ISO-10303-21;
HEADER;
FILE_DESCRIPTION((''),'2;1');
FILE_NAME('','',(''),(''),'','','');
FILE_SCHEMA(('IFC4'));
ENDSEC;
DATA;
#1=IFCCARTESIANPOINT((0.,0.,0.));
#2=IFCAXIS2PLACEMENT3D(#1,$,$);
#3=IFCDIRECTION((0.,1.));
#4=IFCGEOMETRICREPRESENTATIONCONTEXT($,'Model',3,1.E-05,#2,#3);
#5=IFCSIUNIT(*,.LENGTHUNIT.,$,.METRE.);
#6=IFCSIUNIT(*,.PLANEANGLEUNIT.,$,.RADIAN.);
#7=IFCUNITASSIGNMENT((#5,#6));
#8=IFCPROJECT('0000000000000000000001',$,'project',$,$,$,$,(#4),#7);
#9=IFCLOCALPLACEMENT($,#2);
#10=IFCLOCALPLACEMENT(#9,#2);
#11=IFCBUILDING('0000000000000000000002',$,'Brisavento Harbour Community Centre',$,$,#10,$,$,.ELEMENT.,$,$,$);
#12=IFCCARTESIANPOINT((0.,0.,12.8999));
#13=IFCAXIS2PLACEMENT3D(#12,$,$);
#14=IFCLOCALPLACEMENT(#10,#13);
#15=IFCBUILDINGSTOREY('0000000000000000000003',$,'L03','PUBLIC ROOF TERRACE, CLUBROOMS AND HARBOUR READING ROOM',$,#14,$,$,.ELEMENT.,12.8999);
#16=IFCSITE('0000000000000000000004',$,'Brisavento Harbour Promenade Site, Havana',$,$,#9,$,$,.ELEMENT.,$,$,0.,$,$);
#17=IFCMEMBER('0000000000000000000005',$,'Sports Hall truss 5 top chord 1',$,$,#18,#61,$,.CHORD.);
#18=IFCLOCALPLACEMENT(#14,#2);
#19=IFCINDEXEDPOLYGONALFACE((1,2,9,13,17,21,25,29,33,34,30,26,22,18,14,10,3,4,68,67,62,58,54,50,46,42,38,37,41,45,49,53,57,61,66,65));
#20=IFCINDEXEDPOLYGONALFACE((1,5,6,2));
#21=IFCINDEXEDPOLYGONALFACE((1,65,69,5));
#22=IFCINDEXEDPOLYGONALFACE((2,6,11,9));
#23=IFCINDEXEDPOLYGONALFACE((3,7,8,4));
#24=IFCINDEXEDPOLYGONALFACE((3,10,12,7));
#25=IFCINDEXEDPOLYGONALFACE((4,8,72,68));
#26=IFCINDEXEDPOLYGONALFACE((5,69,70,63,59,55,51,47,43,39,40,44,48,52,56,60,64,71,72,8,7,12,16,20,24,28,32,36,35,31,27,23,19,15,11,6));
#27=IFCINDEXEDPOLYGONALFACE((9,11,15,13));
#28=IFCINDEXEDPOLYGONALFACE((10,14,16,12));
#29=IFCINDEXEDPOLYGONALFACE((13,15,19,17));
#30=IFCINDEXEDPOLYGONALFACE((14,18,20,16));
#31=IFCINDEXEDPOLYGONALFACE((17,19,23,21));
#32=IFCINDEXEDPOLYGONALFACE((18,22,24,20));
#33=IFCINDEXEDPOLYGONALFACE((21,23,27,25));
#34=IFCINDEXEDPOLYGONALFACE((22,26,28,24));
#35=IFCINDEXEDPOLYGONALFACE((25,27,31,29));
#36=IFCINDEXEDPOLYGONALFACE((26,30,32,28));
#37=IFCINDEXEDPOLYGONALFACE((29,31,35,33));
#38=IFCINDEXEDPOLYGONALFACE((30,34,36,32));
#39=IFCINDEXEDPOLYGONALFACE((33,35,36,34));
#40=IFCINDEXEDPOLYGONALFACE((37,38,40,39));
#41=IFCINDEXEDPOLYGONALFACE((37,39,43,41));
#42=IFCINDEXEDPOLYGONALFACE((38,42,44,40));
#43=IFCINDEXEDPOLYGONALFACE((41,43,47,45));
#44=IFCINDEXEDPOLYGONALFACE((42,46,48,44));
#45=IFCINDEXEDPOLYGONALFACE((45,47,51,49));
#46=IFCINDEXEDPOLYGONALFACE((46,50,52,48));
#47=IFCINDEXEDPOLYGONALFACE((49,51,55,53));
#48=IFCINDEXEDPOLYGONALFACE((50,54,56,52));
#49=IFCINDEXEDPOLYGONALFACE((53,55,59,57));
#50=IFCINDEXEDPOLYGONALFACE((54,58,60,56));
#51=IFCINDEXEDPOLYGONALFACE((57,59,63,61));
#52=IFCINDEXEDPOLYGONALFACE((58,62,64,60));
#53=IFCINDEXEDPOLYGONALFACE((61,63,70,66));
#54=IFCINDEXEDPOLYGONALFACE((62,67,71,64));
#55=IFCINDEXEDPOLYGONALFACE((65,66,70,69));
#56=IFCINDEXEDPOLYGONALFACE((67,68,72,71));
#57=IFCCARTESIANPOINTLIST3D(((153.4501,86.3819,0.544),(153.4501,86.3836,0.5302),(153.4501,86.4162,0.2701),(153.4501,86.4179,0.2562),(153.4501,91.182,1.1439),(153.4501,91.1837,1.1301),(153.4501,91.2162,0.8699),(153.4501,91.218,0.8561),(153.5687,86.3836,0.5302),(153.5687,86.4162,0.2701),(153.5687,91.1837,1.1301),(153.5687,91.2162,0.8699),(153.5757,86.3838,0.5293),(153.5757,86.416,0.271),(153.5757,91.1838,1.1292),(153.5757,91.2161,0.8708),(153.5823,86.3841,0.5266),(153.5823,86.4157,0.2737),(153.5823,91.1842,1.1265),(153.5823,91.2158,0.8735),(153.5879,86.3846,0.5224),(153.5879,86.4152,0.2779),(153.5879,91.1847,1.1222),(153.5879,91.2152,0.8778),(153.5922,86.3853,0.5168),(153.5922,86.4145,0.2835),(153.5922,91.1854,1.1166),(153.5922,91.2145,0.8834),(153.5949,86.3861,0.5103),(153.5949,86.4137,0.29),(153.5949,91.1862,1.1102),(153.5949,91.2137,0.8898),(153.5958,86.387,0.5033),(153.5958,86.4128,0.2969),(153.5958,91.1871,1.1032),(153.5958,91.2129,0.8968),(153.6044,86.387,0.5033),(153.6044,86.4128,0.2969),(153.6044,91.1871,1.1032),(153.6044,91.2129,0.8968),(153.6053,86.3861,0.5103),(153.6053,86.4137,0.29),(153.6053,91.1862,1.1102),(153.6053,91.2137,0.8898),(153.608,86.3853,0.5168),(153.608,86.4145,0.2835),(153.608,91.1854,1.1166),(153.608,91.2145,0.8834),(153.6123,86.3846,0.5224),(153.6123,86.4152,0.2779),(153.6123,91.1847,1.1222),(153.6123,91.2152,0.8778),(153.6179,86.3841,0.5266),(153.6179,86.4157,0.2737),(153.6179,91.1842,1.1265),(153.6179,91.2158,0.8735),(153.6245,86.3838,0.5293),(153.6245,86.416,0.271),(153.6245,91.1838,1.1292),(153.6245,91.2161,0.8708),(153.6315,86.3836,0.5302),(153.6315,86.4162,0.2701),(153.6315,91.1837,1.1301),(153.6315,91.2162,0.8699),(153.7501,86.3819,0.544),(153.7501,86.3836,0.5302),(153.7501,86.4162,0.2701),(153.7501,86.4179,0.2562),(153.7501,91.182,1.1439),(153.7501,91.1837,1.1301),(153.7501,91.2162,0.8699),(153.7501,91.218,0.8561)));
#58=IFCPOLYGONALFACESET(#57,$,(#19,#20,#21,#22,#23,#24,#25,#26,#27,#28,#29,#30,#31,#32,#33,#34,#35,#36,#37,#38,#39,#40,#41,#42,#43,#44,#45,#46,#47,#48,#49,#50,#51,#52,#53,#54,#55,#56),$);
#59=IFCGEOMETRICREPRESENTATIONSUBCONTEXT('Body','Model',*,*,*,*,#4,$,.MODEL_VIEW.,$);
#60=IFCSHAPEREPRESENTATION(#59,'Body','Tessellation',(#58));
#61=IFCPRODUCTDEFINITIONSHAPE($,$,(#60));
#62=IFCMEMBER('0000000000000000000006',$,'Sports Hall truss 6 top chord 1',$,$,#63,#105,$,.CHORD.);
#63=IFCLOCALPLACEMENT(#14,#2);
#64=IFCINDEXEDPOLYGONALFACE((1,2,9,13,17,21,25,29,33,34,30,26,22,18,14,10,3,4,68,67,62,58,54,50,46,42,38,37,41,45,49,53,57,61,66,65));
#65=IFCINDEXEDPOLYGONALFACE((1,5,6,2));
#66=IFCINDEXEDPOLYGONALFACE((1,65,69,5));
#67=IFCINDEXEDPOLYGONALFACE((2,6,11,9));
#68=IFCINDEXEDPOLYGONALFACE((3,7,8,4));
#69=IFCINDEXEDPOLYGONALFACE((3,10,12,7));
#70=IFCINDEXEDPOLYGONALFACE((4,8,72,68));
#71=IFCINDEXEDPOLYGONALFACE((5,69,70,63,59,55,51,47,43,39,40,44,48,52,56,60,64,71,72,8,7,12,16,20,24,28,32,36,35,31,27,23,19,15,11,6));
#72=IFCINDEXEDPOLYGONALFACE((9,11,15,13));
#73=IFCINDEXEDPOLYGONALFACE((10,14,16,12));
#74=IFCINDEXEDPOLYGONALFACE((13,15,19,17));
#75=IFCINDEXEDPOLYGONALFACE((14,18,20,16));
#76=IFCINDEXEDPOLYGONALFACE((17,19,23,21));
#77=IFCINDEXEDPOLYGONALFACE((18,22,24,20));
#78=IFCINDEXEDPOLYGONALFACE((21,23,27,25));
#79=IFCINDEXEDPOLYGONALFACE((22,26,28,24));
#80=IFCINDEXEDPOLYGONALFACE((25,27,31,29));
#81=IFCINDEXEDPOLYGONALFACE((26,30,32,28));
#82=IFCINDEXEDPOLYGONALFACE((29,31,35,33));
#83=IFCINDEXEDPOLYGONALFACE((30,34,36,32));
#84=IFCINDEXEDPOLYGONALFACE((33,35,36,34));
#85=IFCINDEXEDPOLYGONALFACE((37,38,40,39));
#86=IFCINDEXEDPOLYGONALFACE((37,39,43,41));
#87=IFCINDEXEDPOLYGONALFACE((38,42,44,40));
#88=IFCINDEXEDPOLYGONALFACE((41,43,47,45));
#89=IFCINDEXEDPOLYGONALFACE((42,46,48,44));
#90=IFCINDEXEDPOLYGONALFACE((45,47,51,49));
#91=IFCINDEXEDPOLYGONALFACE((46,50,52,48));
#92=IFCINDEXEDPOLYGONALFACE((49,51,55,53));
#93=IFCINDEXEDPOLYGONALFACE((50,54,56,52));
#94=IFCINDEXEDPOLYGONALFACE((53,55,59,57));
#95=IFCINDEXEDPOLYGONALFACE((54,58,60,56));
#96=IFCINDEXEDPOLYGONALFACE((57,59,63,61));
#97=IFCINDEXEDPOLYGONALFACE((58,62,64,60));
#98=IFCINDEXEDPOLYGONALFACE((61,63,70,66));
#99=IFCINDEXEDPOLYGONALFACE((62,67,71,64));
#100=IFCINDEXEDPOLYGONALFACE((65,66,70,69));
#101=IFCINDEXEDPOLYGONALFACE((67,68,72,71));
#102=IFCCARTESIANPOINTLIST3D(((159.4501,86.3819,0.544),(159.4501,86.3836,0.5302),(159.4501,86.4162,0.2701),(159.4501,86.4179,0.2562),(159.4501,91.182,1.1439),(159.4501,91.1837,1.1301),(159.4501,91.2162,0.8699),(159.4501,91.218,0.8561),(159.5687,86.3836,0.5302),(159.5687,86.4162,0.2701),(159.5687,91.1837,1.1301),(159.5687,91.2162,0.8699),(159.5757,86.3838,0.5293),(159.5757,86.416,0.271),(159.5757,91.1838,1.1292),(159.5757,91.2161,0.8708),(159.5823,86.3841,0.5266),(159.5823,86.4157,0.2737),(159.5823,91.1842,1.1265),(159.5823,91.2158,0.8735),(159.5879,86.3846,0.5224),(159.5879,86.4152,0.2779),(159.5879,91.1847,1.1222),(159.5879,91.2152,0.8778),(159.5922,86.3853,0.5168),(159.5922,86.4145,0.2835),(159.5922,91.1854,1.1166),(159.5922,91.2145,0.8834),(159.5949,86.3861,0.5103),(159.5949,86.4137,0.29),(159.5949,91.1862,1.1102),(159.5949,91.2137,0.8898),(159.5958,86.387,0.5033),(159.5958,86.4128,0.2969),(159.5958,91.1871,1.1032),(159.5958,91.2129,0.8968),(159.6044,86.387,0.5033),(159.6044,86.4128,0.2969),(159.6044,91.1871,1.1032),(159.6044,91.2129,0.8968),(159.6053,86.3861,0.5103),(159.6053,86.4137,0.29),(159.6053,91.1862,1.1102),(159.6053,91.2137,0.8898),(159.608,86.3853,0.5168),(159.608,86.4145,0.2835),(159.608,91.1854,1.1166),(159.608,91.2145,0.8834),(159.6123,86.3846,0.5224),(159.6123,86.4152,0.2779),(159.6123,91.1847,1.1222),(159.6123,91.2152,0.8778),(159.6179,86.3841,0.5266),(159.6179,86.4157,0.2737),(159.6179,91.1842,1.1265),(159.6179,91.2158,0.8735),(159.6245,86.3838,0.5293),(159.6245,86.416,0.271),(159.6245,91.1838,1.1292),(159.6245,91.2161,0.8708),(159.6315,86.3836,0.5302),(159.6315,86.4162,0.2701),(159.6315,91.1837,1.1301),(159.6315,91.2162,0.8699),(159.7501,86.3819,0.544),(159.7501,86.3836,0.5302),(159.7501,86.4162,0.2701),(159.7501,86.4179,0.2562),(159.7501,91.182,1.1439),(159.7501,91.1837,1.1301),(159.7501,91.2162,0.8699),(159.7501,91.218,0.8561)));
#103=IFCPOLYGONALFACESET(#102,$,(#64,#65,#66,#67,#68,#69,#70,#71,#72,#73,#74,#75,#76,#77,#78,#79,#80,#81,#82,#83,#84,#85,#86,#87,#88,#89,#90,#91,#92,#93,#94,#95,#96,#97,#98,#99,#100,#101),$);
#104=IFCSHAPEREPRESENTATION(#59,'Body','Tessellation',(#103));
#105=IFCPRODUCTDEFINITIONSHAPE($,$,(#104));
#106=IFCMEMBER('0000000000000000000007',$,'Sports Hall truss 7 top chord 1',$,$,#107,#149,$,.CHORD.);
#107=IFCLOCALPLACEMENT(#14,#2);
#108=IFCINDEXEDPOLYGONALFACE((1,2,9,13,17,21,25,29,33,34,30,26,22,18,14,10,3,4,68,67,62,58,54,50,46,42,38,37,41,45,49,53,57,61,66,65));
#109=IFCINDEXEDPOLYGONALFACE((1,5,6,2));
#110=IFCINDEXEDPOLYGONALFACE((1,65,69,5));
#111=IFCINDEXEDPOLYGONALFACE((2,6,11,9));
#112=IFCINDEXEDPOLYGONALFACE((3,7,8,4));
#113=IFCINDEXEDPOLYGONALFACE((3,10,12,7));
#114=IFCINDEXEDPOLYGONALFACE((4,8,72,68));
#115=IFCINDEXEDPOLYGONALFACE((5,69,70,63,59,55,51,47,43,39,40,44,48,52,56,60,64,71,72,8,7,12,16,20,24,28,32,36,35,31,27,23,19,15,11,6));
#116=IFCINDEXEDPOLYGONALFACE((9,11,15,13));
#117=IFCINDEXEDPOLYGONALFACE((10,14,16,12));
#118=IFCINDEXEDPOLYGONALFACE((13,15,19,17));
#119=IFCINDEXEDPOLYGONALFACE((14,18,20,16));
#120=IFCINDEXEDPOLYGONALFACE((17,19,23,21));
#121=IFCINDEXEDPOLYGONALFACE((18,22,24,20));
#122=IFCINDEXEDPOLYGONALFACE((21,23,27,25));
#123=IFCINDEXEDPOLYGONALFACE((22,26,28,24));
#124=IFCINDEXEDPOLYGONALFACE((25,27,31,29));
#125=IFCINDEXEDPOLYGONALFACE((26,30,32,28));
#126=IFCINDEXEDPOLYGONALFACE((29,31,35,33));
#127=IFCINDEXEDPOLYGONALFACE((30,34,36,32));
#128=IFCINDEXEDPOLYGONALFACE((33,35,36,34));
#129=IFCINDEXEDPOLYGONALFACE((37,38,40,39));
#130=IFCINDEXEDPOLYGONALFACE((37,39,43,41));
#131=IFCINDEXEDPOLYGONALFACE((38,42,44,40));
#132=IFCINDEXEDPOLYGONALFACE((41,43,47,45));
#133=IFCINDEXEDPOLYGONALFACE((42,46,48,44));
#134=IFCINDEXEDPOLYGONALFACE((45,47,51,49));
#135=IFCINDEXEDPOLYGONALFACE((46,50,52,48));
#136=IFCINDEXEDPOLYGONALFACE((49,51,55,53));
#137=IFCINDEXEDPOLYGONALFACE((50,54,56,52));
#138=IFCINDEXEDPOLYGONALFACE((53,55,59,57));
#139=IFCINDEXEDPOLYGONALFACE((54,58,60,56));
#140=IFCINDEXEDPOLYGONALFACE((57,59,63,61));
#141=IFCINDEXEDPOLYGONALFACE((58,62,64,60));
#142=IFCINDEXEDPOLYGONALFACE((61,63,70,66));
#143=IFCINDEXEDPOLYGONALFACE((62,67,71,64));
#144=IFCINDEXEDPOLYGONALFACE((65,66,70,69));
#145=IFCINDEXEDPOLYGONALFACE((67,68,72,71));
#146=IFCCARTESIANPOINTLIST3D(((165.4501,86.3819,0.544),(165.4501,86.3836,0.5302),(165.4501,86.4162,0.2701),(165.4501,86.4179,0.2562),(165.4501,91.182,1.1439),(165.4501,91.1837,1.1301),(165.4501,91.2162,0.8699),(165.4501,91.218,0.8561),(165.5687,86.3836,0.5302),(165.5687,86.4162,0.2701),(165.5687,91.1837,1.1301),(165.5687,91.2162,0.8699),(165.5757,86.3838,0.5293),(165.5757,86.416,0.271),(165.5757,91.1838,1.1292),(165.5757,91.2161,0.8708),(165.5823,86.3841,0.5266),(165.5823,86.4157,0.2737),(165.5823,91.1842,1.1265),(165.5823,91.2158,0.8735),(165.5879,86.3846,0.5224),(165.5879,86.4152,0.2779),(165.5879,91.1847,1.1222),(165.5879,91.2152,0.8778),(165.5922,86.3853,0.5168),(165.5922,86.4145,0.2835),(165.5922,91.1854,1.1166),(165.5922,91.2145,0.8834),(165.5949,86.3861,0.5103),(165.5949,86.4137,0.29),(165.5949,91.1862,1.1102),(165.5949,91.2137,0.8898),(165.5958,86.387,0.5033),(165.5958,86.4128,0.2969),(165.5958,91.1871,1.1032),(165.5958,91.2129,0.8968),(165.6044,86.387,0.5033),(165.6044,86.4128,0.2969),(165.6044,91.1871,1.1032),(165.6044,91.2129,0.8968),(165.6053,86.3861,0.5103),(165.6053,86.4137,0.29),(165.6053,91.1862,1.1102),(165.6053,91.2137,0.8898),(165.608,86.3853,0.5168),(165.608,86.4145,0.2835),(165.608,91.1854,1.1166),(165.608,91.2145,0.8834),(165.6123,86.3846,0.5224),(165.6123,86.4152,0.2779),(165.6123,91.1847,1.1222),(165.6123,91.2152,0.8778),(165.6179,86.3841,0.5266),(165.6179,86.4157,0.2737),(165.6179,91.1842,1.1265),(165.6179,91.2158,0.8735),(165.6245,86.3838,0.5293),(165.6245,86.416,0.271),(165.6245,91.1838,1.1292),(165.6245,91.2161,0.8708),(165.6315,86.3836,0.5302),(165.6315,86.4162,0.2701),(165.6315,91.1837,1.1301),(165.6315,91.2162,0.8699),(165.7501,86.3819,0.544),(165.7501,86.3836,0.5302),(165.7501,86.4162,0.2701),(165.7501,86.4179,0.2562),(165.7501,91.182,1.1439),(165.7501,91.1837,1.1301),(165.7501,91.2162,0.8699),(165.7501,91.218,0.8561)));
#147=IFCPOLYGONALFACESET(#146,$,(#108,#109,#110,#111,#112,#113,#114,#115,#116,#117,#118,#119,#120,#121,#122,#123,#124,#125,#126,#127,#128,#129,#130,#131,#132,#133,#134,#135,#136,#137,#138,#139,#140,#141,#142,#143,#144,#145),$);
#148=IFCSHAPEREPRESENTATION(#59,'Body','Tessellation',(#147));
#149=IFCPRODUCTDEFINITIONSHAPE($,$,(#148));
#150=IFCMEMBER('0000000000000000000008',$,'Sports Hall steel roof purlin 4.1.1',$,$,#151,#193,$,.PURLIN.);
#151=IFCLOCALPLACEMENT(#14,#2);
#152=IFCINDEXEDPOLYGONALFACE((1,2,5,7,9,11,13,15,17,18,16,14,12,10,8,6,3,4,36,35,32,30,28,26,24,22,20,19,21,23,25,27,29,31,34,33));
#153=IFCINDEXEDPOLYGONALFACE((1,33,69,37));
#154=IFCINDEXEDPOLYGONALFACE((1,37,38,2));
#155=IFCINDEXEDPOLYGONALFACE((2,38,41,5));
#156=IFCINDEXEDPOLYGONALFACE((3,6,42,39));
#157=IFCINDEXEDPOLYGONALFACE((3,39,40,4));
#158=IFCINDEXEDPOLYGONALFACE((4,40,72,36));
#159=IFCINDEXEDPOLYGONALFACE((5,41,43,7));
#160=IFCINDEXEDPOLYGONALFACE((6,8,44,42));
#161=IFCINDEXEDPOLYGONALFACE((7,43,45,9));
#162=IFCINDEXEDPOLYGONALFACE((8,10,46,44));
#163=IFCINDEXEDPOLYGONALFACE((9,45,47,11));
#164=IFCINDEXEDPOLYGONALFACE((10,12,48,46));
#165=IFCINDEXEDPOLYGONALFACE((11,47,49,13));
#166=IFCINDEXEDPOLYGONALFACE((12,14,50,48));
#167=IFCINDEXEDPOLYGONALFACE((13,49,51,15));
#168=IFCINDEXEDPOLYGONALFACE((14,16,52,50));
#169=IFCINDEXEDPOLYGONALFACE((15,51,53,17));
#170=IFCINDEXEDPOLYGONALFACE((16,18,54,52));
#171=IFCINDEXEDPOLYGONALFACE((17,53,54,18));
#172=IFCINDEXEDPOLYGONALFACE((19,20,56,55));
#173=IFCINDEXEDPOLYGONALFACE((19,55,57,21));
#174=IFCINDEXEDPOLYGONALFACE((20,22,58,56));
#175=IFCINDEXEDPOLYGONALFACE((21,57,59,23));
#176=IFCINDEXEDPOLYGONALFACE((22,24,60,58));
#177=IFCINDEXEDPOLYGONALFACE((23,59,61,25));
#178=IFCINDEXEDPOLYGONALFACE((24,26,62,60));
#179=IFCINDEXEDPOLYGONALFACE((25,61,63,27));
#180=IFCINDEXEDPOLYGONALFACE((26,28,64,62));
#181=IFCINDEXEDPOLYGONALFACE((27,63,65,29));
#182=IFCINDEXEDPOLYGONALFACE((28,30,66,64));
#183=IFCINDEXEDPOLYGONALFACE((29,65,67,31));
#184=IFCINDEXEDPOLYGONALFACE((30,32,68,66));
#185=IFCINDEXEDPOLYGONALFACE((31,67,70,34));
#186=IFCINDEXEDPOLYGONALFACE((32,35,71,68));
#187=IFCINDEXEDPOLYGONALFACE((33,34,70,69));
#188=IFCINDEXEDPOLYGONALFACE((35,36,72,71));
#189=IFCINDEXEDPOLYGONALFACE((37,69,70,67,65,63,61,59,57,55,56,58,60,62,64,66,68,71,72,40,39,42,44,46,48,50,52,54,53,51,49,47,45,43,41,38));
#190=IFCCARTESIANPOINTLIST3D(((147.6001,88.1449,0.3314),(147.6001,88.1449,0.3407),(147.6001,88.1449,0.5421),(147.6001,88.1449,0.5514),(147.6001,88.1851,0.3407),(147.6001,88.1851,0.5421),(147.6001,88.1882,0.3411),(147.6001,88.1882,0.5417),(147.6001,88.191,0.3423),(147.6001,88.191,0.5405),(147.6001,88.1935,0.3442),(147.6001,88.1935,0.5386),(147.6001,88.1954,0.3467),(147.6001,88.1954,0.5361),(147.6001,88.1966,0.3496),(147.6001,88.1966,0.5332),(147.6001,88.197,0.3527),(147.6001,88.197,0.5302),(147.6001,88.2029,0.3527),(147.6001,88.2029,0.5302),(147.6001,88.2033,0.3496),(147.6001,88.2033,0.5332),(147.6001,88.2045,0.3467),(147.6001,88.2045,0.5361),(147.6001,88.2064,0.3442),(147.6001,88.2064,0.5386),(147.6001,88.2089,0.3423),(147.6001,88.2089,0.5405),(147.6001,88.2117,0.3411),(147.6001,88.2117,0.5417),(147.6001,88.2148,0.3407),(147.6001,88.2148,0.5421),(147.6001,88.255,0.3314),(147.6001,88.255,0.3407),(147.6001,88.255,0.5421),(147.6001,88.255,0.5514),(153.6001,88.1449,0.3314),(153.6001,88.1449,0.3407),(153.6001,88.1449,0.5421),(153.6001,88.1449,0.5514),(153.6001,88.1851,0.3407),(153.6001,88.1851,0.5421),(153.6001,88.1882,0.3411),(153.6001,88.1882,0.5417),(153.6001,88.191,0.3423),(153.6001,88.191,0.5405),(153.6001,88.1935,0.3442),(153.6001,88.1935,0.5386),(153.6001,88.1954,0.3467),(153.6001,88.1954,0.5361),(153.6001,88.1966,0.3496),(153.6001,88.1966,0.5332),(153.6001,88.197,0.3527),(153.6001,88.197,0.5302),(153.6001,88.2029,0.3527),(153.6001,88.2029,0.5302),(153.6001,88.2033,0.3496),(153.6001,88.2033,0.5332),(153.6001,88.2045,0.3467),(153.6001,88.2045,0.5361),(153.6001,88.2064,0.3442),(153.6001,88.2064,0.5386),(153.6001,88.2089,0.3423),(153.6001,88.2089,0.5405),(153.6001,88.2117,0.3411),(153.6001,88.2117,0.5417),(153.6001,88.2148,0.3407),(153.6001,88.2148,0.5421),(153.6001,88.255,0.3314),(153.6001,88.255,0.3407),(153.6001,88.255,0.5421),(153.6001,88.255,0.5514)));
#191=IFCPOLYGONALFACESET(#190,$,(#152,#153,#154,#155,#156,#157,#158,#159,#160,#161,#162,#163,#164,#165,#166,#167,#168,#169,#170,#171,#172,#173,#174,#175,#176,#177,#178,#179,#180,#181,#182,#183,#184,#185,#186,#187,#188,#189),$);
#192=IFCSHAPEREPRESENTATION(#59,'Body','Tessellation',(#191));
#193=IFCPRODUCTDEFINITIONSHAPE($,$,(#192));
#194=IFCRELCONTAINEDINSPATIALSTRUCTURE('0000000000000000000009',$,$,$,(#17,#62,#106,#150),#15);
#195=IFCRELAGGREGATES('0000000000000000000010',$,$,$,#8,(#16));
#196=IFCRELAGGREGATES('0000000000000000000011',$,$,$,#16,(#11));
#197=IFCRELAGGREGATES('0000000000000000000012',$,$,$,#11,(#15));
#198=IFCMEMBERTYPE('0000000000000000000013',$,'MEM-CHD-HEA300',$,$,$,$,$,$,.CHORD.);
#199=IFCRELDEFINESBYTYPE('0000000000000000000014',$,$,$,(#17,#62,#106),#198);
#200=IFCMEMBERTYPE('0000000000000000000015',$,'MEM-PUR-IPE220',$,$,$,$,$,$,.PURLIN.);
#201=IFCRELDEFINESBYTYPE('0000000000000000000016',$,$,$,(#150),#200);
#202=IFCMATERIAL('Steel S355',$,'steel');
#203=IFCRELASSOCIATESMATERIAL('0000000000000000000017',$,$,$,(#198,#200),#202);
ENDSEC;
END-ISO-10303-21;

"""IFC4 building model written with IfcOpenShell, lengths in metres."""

from ifc_helpers import new_model, si_unit, direction, frame, origin, origin_2d, place, context, subcontext, project, spatial, i_section, extrude, material, material_profile, profile_set, type_object, element, save


model = new_model("IFC4")

# Units and contexts
model_context = context("Model", 3, precision=1e-05, world=origin(), true_north=direction((0.0, 1.0)))
body_context = subcontext(model_context, "Body", "Model", "MODEL_VIEW")
ifc_project = project(units=[si_unit("LENGTHUNIT", "METRE"), si_unit("PLANEANGLEUNIT", "RADIAN")], contexts=[model_context])

# Site, building, storey
site_placement = place(None, origin())
site = spatial("IfcSite", under=ifc_project, at=site_placement, Name="Brisavento Harbour Promenade Site, Havana", CompositionType="ELEMENT", RefElevation=0.0)
building_placement = place(site_placement, origin())
building = spatial("IfcBuilding", under=site, at=building_placement, Name="Brisavento Harbour Community Centre", CompositionType="ELEMENT")
storey_placement = place(building_placement, frame((0.0, 0.0, 12.8999)))
storey = spatial("IfcBuildingStorey", under=building, at=storey_placement, Name="L03", Description="PUBLIC ROOF TERRACE, CLUBROOMS AND HARBOUR READING ROOM", CompositionType="ELEMENT", Elevation=12.8999)

# Members
ifc_material_1 = material(Name="Steel S355", Category="steel")
ifc_material_profile_1 = material_profile(ifc_material_1, i_section(OverallWidth=0.3, OverallDepth=0.29, WebThickness=0.0085, FlangeThickness=0.0139, FilletRadius=0.0271, at=origin_2d()), Name="Steel S355")
ifc_profile_set_1 = profile_set([ifc_material_profile_1], Name="Steel S355")
member_type_1 = type_object("IfcMemberType", Name="MEM-CHD-HEA300", PredefinedType="CHORD", material=ifc_profile_set_1)
for number, where, z_axis, x_axis, name in (
    (1, (153.6001, 86.3999, 0.4001), (0.0, 0.992282, 0.124004), (-1.0, 0.0, 0.0), "Sports Hall truss 5 top chord 1"),
    (2, (159.6001, 86.3999, 0.4001), (0.0, 0.992282, 0.124004), (-1.0, 0.0, 0.0), "Sports Hall truss 6 top chord 1"),
    (3, (165.6001, 86.3999, 0.4001), (0.0, 0.992282, 0.124004), (-1.0, 0.0, 0.0), "Sports Hall truss 7 top chord 1"),
):
    element("IfcMember", number, at=place(storey_placement, frame(where, z_axis=z_axis, x_axis=x_axis)), inside=storey, type_object=member_type_1, Name=name, PredefinedType="CHORD", context=body_context, shape_type="SweptSolid", body=[
        extrude(i_section(OverallWidth=0.3, OverallDepth=0.29, WebThickness=0.0085, FlangeThickness=0.0139, FilletRadius=0.0271, at=origin_2d()), origin(), (0.0, 0.0, 1.0), 4.8374),
    ])
ifc_material_profile_2 = material_profile(ifc_material_1, i_section(OverallWidth=0.1101, OverallDepth=0.22, WebThickness=0.0059, FlangeThickness=0.0093, FilletRadius=0.012, at=origin_2d()), Name="Steel S355")
ifc_profile_set_2 = profile_set([ifc_material_profile_2], Name="Steel S355")
member_type_2 = type_object("IfcMemberType", Name="MEM-PUR-IPE220", PredefinedType="PURLIN", material=ifc_profile_set_2)
for number, where, z_axis, x_axis, name in (
    (4, (147.6001, 88.2, 0.4414), (1.0, 0.0, 0.0), (0.0, 1.0, 0.0), "Sports Hall steel roof purlin 4.1.1"),
):
    element("IfcMember", number, at=place(storey_placement, frame(where, z_axis=z_axis, x_axis=x_axis)), inside=storey, type_object=member_type_2, Name=name, PredefinedType="PURLIN", context=body_context, shape_type="SweptSolid", body=[
        extrude(i_section(OverallWidth=0.1101, OverallDepth=0.22, WebThickness=0.0059, FlangeThickness=0.0093, FilletRadius=0.012, at=origin_2d()), origin(), (0.0, 0.0, 1.0), 6.0),
    ])

save(model, "model.ifc")
